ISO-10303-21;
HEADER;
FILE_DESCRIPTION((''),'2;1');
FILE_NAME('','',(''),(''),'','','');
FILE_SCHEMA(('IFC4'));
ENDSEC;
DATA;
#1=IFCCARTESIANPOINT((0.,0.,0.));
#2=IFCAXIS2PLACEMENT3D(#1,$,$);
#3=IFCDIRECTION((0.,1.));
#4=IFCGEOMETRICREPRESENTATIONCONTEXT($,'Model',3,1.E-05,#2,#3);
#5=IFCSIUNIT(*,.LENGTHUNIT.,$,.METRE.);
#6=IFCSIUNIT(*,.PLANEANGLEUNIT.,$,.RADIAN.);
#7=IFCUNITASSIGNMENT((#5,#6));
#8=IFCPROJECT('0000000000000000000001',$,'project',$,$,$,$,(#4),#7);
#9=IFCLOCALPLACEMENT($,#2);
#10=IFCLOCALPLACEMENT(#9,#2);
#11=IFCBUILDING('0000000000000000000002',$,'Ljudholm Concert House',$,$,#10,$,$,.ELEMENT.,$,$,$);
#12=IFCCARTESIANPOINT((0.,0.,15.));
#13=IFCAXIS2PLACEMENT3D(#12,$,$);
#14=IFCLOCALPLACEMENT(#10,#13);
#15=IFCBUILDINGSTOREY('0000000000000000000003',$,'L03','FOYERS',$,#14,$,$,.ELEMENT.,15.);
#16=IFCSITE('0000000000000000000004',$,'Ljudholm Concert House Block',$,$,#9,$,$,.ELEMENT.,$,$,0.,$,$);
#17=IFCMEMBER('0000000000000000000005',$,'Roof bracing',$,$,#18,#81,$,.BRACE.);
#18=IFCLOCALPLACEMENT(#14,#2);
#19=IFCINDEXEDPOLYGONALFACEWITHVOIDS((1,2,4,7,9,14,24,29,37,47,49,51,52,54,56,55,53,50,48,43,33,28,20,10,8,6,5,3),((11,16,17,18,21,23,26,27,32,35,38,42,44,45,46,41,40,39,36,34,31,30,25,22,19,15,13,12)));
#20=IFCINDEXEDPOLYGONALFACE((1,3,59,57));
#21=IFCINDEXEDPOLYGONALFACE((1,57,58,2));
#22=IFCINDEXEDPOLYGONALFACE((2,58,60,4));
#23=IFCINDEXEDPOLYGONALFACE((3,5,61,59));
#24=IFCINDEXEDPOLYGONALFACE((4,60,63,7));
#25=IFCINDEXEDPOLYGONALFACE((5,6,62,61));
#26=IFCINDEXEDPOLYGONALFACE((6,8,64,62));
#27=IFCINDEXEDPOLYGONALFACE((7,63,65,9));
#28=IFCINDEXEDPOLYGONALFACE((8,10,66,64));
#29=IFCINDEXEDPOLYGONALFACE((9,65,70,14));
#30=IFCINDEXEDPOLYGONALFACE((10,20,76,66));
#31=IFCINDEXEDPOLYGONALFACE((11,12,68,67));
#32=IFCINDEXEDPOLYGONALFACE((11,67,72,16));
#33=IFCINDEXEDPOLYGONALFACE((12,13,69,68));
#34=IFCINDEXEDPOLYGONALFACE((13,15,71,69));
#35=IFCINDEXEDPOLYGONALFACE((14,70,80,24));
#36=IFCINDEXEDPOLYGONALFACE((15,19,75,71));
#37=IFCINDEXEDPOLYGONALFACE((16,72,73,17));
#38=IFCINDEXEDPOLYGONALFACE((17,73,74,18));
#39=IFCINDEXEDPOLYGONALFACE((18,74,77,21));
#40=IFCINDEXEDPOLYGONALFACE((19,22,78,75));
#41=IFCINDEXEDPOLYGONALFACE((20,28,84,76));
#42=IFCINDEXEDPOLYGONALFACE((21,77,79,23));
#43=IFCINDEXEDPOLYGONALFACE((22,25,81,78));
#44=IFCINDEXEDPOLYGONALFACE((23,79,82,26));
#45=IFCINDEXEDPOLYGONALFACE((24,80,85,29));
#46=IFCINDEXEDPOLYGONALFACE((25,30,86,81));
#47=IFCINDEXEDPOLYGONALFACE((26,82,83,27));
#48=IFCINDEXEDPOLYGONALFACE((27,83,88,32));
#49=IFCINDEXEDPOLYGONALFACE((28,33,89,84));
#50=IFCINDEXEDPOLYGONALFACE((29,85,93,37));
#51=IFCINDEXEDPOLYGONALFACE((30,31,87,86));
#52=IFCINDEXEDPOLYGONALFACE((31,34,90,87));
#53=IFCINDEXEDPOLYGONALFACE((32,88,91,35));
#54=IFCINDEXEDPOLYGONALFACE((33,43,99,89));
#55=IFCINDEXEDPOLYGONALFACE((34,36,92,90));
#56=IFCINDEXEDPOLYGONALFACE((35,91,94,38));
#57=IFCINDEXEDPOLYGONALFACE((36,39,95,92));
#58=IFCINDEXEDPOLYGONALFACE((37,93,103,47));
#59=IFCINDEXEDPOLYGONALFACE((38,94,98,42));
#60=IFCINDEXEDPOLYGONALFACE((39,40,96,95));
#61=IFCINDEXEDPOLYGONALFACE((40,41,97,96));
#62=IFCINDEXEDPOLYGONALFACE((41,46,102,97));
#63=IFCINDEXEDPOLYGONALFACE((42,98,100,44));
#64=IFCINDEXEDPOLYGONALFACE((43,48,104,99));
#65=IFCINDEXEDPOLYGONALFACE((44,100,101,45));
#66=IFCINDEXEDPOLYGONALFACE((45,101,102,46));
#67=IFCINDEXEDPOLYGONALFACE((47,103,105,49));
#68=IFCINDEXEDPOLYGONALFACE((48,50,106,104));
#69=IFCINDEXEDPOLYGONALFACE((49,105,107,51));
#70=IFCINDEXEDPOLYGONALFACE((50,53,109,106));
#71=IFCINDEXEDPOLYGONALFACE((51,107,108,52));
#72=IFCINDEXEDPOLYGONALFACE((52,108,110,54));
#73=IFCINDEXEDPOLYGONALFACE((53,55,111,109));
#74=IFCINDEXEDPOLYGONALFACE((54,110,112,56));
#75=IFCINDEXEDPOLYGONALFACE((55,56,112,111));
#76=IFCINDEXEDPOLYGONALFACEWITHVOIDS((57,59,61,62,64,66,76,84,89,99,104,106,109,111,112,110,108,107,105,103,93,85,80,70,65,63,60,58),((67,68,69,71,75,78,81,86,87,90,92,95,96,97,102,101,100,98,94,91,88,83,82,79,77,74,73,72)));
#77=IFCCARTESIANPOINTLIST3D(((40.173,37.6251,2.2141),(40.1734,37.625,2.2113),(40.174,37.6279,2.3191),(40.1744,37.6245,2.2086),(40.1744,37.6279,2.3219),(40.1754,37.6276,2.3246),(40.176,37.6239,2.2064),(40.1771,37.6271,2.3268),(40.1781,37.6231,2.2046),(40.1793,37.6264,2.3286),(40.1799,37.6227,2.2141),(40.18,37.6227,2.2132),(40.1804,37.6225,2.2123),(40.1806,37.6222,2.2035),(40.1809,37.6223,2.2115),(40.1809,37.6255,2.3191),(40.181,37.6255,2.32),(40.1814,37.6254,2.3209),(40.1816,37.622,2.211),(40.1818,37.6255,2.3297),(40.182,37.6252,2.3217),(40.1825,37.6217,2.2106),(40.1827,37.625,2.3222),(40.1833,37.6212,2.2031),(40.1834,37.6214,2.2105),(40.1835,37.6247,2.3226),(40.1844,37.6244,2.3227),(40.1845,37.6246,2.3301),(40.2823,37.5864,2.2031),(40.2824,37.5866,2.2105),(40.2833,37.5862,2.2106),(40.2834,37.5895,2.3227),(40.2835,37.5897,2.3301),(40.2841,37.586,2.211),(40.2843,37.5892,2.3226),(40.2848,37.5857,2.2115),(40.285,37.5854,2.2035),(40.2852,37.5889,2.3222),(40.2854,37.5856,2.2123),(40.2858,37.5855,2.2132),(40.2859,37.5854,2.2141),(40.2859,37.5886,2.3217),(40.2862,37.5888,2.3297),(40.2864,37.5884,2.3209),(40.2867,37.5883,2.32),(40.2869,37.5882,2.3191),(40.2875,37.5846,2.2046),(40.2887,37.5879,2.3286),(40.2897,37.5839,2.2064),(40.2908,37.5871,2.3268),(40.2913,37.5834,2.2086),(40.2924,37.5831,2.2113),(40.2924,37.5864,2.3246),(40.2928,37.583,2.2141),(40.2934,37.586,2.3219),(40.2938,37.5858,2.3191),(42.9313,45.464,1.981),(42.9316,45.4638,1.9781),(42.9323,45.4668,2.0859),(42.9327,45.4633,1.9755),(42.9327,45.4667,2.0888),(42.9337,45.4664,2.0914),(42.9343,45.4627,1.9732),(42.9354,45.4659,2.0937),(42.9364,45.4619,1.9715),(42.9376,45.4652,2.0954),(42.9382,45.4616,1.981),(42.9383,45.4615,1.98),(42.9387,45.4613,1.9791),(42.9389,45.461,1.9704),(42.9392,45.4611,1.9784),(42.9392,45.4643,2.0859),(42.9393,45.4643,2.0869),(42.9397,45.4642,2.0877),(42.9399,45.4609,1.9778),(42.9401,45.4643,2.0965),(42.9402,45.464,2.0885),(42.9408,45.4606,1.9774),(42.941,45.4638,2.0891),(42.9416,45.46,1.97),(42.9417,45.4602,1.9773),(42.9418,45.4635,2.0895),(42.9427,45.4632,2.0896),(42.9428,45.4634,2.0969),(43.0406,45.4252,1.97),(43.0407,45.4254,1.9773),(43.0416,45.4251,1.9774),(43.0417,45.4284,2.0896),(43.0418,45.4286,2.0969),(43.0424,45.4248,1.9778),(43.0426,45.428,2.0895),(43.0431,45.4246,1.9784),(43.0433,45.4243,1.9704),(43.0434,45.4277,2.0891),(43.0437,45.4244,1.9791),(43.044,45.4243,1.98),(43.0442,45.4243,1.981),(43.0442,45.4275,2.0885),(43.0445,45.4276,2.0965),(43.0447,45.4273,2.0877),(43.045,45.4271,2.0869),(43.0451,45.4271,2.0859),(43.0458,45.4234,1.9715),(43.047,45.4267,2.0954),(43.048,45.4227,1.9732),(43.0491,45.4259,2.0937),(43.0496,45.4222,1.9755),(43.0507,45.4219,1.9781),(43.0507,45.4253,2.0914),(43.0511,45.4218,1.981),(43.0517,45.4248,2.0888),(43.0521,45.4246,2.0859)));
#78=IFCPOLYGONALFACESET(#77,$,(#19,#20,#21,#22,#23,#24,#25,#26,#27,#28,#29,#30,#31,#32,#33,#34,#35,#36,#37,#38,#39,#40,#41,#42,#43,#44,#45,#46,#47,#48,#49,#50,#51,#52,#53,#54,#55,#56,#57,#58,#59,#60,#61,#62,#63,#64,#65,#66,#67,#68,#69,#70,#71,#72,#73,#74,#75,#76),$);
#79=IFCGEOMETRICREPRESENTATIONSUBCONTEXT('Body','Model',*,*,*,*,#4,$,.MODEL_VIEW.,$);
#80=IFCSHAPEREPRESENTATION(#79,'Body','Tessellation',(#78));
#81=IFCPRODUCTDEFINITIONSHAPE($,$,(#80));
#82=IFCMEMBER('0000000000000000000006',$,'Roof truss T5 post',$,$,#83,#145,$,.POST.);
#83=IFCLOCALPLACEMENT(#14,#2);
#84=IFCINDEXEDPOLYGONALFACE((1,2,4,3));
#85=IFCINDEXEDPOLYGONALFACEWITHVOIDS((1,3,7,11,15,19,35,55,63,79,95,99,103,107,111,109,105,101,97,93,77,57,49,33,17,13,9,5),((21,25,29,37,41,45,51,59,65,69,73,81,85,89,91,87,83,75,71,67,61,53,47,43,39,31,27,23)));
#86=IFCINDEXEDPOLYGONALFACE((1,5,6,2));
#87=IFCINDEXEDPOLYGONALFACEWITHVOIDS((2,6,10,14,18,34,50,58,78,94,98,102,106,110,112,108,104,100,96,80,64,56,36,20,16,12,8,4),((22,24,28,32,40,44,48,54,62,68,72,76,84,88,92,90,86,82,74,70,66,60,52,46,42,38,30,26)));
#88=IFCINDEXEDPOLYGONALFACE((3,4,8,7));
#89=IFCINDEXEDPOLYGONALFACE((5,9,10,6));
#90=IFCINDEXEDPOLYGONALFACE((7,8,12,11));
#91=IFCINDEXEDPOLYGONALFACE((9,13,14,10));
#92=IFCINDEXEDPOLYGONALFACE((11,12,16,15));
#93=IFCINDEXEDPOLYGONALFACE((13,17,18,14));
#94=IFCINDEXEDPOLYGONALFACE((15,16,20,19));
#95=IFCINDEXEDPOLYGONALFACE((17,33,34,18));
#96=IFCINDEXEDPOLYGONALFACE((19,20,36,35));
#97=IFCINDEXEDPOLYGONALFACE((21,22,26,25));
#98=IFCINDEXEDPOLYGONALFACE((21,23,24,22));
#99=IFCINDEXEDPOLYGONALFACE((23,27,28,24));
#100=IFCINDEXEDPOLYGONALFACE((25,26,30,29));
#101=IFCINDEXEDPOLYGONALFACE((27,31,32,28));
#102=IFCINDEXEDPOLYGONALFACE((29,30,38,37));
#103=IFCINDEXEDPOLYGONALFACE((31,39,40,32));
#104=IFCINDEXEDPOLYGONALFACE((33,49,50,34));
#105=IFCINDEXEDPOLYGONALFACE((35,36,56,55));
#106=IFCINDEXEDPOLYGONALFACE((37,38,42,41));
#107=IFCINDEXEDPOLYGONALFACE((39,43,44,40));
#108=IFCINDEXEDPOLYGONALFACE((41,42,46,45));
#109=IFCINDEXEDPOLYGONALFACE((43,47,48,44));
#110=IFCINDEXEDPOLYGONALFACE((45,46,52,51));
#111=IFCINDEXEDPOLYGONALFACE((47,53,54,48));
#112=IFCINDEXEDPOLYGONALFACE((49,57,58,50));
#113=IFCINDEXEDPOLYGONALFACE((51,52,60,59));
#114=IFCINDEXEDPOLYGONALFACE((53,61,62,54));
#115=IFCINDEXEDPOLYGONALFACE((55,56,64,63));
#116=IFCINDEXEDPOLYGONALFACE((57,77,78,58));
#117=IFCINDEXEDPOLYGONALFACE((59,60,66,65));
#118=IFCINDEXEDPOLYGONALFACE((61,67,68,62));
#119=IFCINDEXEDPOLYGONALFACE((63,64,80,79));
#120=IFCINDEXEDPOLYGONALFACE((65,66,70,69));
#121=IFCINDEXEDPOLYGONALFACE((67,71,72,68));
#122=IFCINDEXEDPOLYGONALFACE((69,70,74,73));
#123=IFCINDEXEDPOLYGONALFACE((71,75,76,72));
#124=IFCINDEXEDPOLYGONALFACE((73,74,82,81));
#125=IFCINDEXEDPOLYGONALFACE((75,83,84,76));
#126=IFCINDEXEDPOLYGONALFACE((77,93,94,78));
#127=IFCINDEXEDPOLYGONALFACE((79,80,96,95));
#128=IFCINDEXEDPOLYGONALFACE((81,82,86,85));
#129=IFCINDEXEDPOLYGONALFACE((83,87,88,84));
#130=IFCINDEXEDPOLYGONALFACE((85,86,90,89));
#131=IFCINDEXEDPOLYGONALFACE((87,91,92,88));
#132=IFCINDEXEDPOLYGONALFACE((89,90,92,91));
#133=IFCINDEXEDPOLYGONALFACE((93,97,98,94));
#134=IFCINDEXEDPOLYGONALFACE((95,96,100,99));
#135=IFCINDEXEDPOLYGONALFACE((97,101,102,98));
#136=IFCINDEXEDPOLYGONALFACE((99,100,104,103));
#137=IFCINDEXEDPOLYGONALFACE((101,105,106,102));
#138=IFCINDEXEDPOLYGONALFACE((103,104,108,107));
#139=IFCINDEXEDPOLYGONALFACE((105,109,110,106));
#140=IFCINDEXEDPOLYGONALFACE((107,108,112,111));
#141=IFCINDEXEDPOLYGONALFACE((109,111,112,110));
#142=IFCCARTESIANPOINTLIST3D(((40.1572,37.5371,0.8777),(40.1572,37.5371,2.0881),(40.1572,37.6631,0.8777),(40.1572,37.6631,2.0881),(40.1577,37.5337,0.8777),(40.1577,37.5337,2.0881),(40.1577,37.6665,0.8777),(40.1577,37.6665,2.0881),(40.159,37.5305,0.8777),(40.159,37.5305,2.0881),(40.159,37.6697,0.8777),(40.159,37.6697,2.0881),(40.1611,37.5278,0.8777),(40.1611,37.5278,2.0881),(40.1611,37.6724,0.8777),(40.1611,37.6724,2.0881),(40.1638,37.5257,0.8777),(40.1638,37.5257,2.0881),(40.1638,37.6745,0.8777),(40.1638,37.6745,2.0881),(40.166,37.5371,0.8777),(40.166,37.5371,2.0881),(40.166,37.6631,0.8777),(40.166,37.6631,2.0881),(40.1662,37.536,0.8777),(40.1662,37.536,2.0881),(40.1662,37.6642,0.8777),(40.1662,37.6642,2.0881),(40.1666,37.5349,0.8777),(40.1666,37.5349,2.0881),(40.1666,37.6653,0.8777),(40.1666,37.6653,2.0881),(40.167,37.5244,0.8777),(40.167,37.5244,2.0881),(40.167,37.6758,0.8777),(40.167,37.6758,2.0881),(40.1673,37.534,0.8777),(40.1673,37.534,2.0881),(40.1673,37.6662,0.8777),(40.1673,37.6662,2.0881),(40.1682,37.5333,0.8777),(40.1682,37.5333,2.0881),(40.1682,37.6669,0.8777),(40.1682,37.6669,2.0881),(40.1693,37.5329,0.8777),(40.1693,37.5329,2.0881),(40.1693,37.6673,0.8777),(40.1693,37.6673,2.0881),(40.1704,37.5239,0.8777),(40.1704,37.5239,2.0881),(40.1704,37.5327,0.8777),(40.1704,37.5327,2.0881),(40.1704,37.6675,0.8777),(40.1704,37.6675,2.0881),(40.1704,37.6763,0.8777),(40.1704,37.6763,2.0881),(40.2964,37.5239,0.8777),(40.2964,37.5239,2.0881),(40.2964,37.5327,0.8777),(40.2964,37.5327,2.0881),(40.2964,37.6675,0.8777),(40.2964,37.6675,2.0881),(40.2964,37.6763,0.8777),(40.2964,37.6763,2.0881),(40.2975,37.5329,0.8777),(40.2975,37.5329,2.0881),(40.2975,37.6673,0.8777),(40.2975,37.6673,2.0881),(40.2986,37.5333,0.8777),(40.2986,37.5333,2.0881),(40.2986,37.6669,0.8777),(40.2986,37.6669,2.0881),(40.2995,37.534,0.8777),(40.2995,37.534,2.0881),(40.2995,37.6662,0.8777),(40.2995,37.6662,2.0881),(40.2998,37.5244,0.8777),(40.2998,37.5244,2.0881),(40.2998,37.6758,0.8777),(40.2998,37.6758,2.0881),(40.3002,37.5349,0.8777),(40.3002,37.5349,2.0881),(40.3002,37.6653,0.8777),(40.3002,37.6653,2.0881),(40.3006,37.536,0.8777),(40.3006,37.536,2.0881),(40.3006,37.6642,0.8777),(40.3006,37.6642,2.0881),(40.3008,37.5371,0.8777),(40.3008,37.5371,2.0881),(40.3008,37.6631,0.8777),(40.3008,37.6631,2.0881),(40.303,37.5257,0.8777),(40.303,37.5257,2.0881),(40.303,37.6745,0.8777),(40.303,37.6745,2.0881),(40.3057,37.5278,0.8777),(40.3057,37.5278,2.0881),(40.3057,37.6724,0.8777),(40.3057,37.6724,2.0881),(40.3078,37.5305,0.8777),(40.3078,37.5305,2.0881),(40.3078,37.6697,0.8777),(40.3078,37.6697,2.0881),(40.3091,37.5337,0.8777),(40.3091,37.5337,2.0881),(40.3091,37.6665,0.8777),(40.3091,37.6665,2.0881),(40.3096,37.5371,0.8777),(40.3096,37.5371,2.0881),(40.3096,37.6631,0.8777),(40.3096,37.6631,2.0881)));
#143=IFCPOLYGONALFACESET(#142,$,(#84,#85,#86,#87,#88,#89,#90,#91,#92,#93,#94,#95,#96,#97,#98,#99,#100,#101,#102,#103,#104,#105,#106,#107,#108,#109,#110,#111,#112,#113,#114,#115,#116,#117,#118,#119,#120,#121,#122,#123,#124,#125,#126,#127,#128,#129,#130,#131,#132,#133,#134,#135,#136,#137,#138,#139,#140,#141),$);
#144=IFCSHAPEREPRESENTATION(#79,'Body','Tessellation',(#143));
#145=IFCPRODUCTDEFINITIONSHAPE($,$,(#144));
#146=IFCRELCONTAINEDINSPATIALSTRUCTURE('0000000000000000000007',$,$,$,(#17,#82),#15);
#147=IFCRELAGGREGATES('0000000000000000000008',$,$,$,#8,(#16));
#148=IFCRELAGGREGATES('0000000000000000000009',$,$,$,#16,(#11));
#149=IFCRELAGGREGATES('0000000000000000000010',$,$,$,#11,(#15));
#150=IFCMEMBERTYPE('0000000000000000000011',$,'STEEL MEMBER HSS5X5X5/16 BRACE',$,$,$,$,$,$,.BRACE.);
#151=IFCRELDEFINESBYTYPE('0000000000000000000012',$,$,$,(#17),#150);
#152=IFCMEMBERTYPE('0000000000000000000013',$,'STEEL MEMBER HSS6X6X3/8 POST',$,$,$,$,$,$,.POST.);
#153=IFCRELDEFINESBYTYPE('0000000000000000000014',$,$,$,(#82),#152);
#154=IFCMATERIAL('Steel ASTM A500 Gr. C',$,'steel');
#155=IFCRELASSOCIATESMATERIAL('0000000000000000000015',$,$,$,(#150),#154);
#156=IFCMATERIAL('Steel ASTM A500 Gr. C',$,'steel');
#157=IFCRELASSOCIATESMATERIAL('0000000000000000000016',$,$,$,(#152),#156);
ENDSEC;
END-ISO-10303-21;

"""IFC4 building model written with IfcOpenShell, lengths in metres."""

from ifc_helpers import new_model, si_unit, direction, frame, origin, origin_2d, place, context, subcontext, project, spatial, hollow_rectangle, extrude, material, material_profile, profile_set, type_object, element, save


model = new_model("IFC4")

# Units and contexts
model_context = context("Model", 3, precision=1e-05, world=origin(), true_north=direction((0.0, 1.0)))
body_context = subcontext(model_context, "Body", "Model", "MODEL_VIEW")
ifc_project = project(units=[si_unit("LENGTHUNIT", "METRE"), si_unit("PLANEANGLEUNIT", "RADIAN")], contexts=[model_context])

# Site, building, storey
site_placement = place(None, origin())
site = spatial("IfcSite", under=ifc_project, at=site_placement, Name="Ljudholm Concert House Block", CompositionType="ELEMENT", RefElevation=0.0)
building_placement = place(site_placement, origin())
building = spatial("IfcBuilding", under=site, at=building_placement, Name="Ljudholm Concert House", CompositionType="ELEMENT")
storey_placement = place(building_placement, frame((0.0, 0.0, 15.0)))
storey = spatial("IfcBuildingStorey", under=building, at=storey_placement, Name="L03", Description="FOYERS", CompositionType="ELEMENT", Elevation=15.0)

# Members
ifc_material_1 = material(Name="Steel ASTM A500 Gr. C", Category="steel")
ifc_material_profile_1 = material_profile(ifc_material_1, hollow_rectangle(XDim=0.127, YDim=0.127, WallThickness=0.0073, InnerFilletRadius=0.0037, OuterFilletRadius=0.011, at=origin_2d()), Name="HSS5X5X5/16")
ifc_profile_set_1 = profile_set([ifc_material_profile_1], Name="Steel ASTM A500 Gr. C")
member_type_1 = type_object("IfcMemberType", Name="STEEL MEMBER HSS5X5X5/16 BRACE", PredefinedType="BRACE", material=ifc_profile_set_1)
member_1_placement = place(storey_placement, frame((40.2334, 37.6055, 2.2666), z_axis=(0.331795, 0.942935, -0.028046), x_axis=(-0.943306, 0.331926, 0.0)))
element("IfcMember", 1, at=member_1_placement, inside=storey, type_object=member_type_1, Name="Roof bracing", PredefinedType="BRACE", context=body_context, shape_type="SweptSolid", body=[
    extrude(hollow_rectangle(XDim=0.127, YDim=0.127, WallThickness=0.0073, InnerFilletRadius=0.0037, OuterFilletRadius=0.011, at=origin_2d()), origin(), (0.0, 0.0, 1.0), 8.3132),
])
ifc_material_2 = material(Name="Steel ASTM A500 Gr. C", Category="steel")
ifc_material_profile_2 = material_profile(ifc_material_2, hollow_rectangle(XDim=0.1523, YDim=0.1523, WallThickness=0.0088, InnerFilletRadius=0.0044, OuterFilletRadius=0.0132, at=origin_2d()), Name="HSS6X6X3/8")
ifc_profile_set_2 = profile_set([ifc_material_profile_2], Name="Steel ASTM A500 Gr. C")
member_type_2 = type_object("IfcMemberType", Name="STEEL MEMBER HSS6X6X3/8 POST", PredefinedType="POST", material=ifc_profile_set_2)
for number, where, z_axis, x_axis, name in (
    (2, (40.2334, 37.6001, 0.8777), (0.0, 0.0, 1.0), (1.0, 0.0, 0.0), "Roof truss T5 post"),
):
    element("IfcMember", number, at=place(storey_placement, frame(where, z_axis=z_axis, x_axis=x_axis)), inside=storey, type_object=member_type_2, Name=name, PredefinedType="POST", context=body_context, shape_type="SweptSolid", body=[
        extrude(hollow_rectangle(XDim=0.1523, YDim=0.1523, WallThickness=0.0088, InnerFilletRadius=0.0044, OuterFilletRadius=0.0132, at=origin_2d()), origin(), (0.0, 0.0, 1.0), 1.2104),
    ])

save(model, "model.ifc")
